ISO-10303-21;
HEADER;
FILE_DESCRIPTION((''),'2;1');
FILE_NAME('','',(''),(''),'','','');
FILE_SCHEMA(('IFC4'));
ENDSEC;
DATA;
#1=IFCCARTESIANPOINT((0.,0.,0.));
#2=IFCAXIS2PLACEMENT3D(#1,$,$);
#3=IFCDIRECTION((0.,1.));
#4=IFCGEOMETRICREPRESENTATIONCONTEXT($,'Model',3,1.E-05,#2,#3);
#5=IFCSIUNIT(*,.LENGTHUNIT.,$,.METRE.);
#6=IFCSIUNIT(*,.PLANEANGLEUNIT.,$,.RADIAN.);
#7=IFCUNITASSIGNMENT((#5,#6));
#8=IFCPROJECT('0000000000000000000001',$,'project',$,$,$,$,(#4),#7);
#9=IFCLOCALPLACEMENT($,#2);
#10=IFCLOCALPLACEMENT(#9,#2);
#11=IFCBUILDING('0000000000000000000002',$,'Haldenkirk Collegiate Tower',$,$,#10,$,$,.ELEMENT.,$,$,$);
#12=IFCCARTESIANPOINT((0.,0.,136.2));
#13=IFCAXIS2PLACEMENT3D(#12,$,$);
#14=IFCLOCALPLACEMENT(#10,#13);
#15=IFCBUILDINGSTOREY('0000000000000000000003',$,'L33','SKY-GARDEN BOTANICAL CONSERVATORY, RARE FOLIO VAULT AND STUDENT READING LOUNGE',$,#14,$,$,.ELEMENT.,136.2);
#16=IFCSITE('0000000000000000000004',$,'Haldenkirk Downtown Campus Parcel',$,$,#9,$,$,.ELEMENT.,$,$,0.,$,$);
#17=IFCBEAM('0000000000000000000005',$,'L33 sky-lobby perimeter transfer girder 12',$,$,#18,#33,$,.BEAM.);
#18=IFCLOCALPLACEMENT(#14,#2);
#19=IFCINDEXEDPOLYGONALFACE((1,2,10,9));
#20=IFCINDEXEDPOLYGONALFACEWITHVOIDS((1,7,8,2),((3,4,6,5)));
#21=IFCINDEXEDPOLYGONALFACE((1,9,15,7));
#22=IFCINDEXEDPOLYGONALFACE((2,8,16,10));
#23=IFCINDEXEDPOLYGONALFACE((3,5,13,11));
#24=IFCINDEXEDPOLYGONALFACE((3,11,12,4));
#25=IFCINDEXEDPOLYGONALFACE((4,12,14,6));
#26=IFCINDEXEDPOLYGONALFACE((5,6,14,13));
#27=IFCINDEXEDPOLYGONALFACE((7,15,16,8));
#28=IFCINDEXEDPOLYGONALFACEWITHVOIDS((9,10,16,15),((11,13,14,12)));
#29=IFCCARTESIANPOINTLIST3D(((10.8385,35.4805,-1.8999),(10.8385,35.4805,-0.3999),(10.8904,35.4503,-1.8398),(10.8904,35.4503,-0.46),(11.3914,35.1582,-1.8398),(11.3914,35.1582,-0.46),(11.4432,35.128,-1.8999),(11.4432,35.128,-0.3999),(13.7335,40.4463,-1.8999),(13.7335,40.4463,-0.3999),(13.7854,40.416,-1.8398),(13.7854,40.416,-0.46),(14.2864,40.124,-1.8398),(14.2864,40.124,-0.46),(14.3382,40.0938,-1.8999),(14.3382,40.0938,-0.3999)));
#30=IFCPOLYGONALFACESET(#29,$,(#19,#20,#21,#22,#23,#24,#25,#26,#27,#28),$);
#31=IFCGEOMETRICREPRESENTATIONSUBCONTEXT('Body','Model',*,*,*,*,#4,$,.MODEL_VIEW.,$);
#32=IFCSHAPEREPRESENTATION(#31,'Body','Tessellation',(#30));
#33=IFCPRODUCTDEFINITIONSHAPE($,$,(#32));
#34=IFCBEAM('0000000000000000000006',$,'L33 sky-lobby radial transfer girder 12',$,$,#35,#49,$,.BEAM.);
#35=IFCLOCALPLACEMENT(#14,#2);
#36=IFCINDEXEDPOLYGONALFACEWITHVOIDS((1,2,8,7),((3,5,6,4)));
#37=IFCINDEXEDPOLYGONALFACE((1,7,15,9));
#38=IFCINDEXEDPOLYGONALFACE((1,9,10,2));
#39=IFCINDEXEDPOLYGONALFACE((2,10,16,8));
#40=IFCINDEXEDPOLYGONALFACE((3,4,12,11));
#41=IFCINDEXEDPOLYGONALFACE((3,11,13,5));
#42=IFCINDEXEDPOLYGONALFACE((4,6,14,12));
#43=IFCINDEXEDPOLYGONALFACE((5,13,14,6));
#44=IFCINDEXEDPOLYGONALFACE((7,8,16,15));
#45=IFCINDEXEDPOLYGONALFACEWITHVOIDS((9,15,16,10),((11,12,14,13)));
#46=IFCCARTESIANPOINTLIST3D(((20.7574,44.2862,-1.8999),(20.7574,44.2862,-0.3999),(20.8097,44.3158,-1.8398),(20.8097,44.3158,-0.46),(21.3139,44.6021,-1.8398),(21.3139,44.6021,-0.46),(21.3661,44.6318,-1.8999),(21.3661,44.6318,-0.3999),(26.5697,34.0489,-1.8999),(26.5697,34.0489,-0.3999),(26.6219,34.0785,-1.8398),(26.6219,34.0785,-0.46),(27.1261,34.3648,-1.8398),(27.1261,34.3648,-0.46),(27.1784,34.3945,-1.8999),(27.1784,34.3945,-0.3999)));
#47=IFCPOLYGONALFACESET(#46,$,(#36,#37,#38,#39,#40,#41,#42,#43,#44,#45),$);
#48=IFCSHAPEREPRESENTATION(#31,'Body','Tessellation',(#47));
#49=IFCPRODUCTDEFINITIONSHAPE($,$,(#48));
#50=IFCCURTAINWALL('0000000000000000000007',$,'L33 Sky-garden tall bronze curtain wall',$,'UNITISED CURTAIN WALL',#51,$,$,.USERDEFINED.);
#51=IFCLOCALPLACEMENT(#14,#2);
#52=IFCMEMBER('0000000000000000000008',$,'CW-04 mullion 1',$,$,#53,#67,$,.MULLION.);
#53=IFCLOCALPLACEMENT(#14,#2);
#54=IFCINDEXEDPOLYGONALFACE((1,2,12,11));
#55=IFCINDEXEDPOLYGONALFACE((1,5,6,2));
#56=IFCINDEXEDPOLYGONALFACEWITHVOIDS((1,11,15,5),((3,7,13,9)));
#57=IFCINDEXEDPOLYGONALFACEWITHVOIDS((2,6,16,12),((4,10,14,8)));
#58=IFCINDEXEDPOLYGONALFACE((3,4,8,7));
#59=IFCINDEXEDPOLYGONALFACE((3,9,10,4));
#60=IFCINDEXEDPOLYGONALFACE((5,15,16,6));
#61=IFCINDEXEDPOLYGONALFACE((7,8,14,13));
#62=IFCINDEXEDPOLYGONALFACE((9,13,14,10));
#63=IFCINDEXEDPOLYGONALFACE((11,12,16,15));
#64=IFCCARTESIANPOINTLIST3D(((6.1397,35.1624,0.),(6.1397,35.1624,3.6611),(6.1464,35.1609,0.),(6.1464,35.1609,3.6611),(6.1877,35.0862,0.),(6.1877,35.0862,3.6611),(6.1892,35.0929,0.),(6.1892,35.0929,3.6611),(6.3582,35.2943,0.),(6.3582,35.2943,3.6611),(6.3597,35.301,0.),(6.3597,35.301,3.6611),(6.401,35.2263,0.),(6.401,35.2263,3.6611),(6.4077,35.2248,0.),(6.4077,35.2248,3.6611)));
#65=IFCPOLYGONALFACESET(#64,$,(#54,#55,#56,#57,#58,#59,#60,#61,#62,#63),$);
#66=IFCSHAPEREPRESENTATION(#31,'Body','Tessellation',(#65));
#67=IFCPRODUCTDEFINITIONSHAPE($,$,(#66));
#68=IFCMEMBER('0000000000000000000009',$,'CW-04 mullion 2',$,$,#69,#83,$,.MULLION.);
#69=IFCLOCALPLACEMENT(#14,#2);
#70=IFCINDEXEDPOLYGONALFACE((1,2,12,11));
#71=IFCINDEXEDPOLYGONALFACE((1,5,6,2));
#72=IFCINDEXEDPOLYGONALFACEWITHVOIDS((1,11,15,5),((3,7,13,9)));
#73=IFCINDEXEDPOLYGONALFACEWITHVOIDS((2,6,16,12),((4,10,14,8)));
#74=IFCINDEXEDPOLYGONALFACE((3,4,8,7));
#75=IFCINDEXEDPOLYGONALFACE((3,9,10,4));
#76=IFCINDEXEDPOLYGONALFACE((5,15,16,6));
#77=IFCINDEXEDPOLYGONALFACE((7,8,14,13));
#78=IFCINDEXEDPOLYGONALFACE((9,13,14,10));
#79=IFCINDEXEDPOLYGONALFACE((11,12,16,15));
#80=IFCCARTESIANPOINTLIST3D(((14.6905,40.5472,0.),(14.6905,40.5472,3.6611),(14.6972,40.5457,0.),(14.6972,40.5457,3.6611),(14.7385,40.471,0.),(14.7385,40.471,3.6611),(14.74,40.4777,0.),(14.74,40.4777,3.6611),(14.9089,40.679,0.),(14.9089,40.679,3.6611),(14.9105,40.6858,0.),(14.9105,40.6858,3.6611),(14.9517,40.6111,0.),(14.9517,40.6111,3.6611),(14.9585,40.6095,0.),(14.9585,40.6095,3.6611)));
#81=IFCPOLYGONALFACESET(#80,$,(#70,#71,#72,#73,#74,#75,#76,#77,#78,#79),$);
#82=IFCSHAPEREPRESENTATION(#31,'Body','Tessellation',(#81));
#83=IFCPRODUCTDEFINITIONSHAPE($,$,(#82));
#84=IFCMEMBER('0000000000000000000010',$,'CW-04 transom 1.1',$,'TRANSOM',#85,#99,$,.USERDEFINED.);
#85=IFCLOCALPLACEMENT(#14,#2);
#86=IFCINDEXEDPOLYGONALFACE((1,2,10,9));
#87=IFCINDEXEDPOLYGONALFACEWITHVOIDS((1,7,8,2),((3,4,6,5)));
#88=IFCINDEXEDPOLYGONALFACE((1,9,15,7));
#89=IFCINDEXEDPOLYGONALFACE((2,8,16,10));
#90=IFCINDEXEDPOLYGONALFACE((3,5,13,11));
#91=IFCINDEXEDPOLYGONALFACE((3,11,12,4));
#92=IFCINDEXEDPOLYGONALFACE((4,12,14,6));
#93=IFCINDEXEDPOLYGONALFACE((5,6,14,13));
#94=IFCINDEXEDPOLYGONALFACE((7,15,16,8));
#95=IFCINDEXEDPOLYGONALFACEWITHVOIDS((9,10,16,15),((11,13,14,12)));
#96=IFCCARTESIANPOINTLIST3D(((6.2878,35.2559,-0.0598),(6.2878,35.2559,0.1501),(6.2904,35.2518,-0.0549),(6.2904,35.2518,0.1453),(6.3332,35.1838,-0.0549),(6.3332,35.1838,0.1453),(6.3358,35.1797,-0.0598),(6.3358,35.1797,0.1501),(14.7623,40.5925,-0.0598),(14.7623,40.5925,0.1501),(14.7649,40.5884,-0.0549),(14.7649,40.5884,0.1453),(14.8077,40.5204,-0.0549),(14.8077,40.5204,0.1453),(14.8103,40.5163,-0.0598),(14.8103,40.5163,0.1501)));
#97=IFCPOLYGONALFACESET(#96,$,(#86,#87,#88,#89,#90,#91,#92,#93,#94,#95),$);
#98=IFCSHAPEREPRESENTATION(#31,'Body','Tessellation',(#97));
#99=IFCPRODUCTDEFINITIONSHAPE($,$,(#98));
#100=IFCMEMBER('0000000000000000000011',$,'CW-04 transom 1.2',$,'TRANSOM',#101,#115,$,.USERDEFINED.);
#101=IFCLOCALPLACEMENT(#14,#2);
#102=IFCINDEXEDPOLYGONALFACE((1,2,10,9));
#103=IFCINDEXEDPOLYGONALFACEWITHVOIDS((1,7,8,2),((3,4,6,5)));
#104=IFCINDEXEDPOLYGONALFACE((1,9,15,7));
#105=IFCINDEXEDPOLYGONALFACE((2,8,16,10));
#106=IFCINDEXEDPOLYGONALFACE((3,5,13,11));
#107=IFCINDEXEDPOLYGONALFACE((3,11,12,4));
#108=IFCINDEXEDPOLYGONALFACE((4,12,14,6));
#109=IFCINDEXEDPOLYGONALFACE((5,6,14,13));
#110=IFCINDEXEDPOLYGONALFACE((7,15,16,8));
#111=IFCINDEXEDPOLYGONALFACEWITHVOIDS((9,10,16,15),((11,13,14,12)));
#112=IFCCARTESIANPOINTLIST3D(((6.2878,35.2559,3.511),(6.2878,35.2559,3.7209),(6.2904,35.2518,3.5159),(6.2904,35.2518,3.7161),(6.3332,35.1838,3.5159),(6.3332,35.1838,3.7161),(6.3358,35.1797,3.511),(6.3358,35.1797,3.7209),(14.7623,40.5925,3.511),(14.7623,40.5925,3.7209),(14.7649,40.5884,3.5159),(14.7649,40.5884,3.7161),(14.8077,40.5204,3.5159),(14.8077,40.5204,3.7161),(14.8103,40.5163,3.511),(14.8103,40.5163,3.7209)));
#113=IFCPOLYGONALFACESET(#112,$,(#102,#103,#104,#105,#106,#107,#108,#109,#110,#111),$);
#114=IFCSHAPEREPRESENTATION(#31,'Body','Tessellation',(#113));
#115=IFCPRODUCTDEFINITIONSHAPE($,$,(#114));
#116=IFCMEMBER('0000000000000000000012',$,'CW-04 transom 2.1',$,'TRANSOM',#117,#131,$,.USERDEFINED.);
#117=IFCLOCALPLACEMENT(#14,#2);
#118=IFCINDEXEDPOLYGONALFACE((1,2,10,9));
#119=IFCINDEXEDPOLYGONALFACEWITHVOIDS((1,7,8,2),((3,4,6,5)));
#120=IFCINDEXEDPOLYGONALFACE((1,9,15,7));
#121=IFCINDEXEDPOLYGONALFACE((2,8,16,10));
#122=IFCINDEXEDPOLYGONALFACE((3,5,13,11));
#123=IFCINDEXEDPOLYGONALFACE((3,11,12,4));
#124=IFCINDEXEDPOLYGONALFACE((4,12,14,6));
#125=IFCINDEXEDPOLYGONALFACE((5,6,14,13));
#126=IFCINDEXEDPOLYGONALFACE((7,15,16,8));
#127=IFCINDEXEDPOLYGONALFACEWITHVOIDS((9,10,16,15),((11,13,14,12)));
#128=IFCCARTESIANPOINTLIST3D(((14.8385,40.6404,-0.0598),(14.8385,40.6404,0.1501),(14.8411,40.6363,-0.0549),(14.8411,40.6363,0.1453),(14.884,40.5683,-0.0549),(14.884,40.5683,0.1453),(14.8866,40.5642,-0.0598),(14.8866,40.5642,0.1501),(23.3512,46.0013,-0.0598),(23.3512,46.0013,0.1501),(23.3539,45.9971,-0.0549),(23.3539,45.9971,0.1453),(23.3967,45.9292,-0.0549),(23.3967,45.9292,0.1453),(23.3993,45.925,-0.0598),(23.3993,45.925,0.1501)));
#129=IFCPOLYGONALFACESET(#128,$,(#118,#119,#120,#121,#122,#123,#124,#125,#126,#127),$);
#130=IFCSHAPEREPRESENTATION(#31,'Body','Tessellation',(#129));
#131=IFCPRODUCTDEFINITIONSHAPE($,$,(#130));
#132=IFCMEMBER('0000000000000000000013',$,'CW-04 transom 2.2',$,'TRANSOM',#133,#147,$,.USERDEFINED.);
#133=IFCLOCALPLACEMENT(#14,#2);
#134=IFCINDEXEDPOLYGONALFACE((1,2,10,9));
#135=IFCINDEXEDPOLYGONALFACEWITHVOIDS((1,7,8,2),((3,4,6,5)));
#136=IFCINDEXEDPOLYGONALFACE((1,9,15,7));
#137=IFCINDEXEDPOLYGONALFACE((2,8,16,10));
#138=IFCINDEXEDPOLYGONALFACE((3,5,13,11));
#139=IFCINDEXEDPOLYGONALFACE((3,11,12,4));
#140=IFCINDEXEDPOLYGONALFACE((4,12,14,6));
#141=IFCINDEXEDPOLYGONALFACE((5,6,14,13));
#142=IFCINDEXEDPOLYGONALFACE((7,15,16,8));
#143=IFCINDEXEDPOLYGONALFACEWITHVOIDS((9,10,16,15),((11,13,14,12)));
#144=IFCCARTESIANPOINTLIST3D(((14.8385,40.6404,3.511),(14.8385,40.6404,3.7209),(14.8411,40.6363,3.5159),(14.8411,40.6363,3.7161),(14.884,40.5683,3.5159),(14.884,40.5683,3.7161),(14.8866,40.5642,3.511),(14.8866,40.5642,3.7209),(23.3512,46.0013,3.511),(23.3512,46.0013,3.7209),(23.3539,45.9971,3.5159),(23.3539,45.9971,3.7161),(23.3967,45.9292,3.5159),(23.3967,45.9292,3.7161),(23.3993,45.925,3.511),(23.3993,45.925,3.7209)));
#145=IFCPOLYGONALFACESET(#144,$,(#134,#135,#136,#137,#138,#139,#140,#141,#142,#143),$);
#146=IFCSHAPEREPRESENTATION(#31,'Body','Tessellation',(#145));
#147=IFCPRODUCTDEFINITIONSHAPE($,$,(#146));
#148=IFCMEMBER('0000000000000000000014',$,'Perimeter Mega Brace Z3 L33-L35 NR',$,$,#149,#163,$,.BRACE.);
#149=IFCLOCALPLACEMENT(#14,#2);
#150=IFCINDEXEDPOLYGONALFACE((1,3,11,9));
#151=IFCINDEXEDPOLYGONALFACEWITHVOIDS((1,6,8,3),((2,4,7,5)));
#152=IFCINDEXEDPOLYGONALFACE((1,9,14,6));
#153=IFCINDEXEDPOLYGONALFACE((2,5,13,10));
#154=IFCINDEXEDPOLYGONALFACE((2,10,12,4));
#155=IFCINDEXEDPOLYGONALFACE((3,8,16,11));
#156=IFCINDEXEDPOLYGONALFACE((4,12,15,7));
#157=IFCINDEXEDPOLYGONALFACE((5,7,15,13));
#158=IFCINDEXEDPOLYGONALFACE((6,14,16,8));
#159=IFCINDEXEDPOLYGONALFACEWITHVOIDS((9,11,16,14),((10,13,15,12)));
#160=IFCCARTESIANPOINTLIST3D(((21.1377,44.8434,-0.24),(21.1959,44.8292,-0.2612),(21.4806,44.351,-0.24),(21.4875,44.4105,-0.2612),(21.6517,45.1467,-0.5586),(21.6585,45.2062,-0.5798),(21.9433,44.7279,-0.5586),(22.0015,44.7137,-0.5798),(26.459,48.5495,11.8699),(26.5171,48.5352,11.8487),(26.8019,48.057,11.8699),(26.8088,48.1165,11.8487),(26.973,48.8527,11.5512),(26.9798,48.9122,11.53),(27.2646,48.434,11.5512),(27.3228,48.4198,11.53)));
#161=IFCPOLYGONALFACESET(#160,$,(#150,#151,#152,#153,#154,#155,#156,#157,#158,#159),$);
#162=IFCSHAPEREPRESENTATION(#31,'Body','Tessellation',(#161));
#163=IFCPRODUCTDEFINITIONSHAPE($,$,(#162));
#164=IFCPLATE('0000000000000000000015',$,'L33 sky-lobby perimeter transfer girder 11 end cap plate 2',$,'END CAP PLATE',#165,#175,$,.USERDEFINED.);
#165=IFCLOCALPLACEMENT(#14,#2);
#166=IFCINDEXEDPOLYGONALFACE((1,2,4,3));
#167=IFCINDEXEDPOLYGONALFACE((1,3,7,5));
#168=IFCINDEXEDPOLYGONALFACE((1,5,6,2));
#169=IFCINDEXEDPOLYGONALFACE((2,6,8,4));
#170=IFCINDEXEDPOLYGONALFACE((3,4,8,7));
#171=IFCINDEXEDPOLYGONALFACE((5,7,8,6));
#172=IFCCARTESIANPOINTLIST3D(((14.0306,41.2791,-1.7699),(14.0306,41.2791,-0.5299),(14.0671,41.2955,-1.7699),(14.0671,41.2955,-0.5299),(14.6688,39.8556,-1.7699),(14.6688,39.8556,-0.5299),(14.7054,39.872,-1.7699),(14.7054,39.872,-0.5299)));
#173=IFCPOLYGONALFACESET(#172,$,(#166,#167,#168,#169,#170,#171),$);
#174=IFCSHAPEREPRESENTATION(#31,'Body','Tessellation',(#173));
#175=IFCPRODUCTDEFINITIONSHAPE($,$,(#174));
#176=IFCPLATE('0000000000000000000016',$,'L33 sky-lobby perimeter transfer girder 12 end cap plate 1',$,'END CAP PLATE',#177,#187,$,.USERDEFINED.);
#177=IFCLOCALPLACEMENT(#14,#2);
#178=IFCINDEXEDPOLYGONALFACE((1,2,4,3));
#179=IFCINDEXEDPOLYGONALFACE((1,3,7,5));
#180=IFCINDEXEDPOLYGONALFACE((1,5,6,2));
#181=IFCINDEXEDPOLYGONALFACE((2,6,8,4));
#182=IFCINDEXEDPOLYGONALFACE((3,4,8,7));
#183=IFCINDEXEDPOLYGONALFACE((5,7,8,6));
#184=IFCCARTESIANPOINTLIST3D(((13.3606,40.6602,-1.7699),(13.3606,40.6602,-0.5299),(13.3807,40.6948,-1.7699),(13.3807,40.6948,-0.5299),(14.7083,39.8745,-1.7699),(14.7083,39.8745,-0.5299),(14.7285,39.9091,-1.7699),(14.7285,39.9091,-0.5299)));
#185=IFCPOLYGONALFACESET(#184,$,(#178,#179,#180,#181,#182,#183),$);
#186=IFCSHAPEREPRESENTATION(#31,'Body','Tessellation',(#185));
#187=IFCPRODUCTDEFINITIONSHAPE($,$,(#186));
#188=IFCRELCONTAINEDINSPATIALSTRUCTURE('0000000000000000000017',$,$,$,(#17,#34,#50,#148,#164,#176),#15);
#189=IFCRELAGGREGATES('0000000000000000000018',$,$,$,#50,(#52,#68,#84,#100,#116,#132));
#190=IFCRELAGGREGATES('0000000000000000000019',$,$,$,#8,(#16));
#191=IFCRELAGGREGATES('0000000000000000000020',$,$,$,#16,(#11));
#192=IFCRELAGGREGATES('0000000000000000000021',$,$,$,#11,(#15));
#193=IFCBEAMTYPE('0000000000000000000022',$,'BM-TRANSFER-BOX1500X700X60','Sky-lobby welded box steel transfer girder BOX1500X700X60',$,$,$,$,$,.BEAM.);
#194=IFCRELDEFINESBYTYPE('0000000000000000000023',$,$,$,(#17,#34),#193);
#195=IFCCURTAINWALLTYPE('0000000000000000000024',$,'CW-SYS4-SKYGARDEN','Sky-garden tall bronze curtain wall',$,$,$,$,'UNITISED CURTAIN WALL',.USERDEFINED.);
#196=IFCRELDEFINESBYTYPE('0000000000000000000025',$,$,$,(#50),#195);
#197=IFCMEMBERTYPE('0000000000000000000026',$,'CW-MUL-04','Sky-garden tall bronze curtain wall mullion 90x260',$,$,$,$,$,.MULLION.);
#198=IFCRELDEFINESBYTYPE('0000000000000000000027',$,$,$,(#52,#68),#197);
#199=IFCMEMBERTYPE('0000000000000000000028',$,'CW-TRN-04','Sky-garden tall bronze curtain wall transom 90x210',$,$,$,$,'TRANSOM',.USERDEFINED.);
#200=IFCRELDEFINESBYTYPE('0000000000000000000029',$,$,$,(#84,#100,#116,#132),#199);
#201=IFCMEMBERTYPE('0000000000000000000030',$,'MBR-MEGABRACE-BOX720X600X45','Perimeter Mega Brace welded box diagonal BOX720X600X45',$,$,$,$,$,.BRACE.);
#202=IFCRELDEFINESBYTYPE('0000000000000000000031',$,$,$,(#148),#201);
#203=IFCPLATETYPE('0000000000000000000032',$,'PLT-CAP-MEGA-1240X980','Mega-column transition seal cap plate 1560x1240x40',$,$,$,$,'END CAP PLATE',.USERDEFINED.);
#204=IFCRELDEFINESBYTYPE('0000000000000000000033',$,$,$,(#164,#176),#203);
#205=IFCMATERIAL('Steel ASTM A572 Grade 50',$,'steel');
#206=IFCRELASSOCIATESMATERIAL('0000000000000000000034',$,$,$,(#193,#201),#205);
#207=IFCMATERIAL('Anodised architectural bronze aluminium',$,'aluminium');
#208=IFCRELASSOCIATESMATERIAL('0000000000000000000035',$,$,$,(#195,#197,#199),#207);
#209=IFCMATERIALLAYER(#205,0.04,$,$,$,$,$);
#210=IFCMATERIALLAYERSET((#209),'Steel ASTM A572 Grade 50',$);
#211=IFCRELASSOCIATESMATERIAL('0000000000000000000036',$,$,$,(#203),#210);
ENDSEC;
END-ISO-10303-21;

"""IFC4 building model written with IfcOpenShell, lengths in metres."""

from ifc_helpers import new_model, si_unit, direction, frame, origin, origin_2d, place, context, subcontext, project, spatial, rectangle, hollow_rectangle, extrude, source, transform, mapped, material, layer, layer_set, material_profile, profile_set, type_object, element, aggregate, save


model = new_model("IFC4")

# Units and contexts
model_context = context("Model", 3, precision=1e-05, world=origin(), true_north=direction((0.0, 1.0)))
body_context = subcontext(model_context, "Body", "Model", "MODEL_VIEW")
ifc_project = project(units=[si_unit("LENGTHUNIT", "METRE"), si_unit("PLANEANGLEUNIT", "RADIAN")], contexts=[model_context])

# Site, building, storey
site_placement = place(None, origin())
site = spatial("IfcSite", under=ifc_project, at=site_placement, Name="Haldenkirk Downtown Campus Parcel", CompositionType="ELEMENT", RefElevation=0.0)
building_placement = place(site_placement, origin())
building = spatial("IfcBuilding", under=site, at=building_placement, Name="Haldenkirk Collegiate Tower", CompositionType="ELEMENT")
storey_placement = place(building_placement, frame((0.0, 0.0, 136.2)))
storey = spatial("IfcBuildingStorey", under=building, at=storey_placement, Name="L33", Description="SKY-GARDEN BOTANICAL CONSERVATORY, RARE FOLIO VAULT AND STUDENT READING LOUNGE", CompositionType="ELEMENT", Elevation=136.2)

# Beams
ifc_material_1 = material(Name="Steel ASTM A572 Grade 50", Category="steel")
ifc_material_profile_1 = material_profile(ifc_material_1, hollow_rectangle(XDim=0.7, YDim=1.5, WallThickness=0.0601, at=origin_2d()), Name="BOX1500X700X60")
ifc_profile_set_1 = profile_set([ifc_material_profile_1], Name="Steel ASTM A572 Grade 50")
beam_type = type_object("IfcBeamType", Name="BM-TRANSFER-BOX1500X700X60", Description="Sky-lobby welded box steel transfer girder BOX1500X700X60", PredefinedType="BEAM", material=ifc_profile_set_1)
beam_1_placement = place(storey_placement, frame((14.0359, 40.27, -1.1499), z_axis=(-0.503649, -0.863908, 0.0), x_axis=(0.863908, -0.503649, 0.0)))
element("IfcBeam", 1, at=beam_1_placement, inside=storey, type_object=beam_type, Name="L33 sky-lobby perimeter transfer girder 12", PredefinedType="BEAM", context=body_context, shape_type="SweptSolid", body=[
    extrude(hollow_rectangle(XDim=0.7, YDim=1.5, WallThickness=0.0601, at=origin_2d()), origin(), (0.0, 0.0, 1.0), 5.748),
])
beam_2_placement = place(storey_placement, frame((21.0618, 44.459, -1.1499), z_axis=(0.493727, -0.869617, 0.0), x_axis=(0.869617, 0.493727, 0.0)))
element("IfcBeam", 2, at=beam_2_placement, inside=storey, type_object=beam_type, Name="L33 sky-lobby radial transfer girder 12", PredefinedType="BEAM", context=body_context, shape_type="SweptSolid", body=[
    extrude(hollow_rectangle(XDim=0.7, YDim=1.5, WallThickness=0.0601, at=origin_2d()), origin(), (0.0, 0.0, 1.0), 11.7722),
])

# Curtain wall, members
ifc_material_2 = material(Name="Anodised architectural bronze aluminium", Category="aluminium")
curtain_wall_type = type_object("IfcCurtainWallType", Name="CW-SYS4-SKYGARDEN", Description="Sky-garden tall bronze curtain wall", ElementType="UNITISED CURTAIN WALL", PredefinedType="USERDEFINED", material=ifc_material_2)
curtain_wall_placement = place(storey_placement, origin())
curtain_wall = element("IfcCurtainWall", 3, at=curtain_wall_placement, inside=storey, type_object=curtain_wall_type, Name="L33 Sky-garden tall bronze curtain wall", ObjectType="UNITISED CURTAIN WALL", PredefinedType="USERDEFINED")
ifc_material_profile_2 = material_profile(ifc_material_2, hollow_rectangle(XDim=0.0901, YDim=0.26, WallThickness=0.0049, at=origin_2d()), Name="CW-MUL-04")
ifc_profile_set_2 = profile_set([ifc_material_profile_2], Name="Anodised architectural bronze aluminium")
member_type_1 = type_object("IfcMemberType", Name="CW-MUL-04", Description="Sky-garden tall bronze curtain wall mullion 90x260", PredefinedType="MULLION", material=ifc_profile_set_2)
member_1_placement = place(storey_placement, frame((6.2737, 35.1936, 0.0), z_axis=(0.0, 0.0, 1.0), x_axis=(-0.532877, 0.846193, 0.0)))
member_1 = element("IfcMember", 4, at=member_1_placement, type_object=member_type_1, Name="CW-04 mullion 1", PredefinedType="MULLION", context=body_context, shape_type="SweptSolid", body=[
    extrude(hollow_rectangle(XDim=0.0901, YDim=0.26, WallThickness=0.0049, at=origin_2d()), origin(), (0.0, 0.0, 1.0), 3.6611),
])
member_2_placement = place(storey_placement, frame((14.8245, 40.5784, 0.0), z_axis=(0.0, 0.0, 1.0), x_axis=(-0.532877, 0.846193, 0.0)))
member_2 = element("IfcMember", 5, at=member_2_placement, type_object=member_type_1, Name="CW-04 mullion 2", PredefinedType="MULLION", context=body_context, shape_type="SweptSolid", body=[
    extrude(hollow_rectangle(XDim=0.0901, YDim=0.26, WallThickness=0.0049, at=origin_2d()), origin(), (0.0, 0.0, 1.0), 3.6611),
])
ifc_material_profile_3 = material_profile(ifc_material_2, hollow_rectangle(XDim=0.0901, YDim=0.21, WallThickness=0.0049, at=origin_2d()), Name="CW-TRN-04")
ifc_profile_set_3 = profile_set([ifc_material_profile_3], Name="Anodised architectural bronze aluminium")
member_type_2 = type_object("IfcMemberType", Name="CW-TRN-04", Description="Sky-garden tall bronze curtain wall transom 90x210", ElementType="TRANSOM", PredefinedType="USERDEFINED", material=ifc_profile_set_3)
member_3_placement = place(storey_placement, frame((6.3118, 35.2178, 0.0452), z_axis=(0.846197, 0.532871, 0.0), x_axis=(-0.532871, 0.846197, 0.0)))
member_3 = element("IfcMember", 6, at=member_3_placement, type_object=member_type_2, Name="CW-04 transom 1.1", ObjectType="TRANSOM", PredefinedType="USERDEFINED", context=body_context, shape_type="SweptSolid", body=[
    extrude(hollow_rectangle(XDim=0.0901, YDim=0.21, WallThickness=0.0049, at=origin_2d()), origin(), (0.0, 0.0, 1.0), 10.0149),
])
member_4_placement = place(storey_placement, frame((6.3118, 35.2178, 3.616), z_axis=(0.846197, 0.532871, 0.0), x_axis=(-0.532871, 0.846197, 0.0)))
member_4 = element("IfcMember", 7, at=member_4_placement, type_object=member_type_2, Name="CW-04 transom 1.2", ObjectType="TRANSOM", PredefinedType="USERDEFINED", context=body_context, shape_type="SweptSolid", body=[
    extrude(hollow_rectangle(XDim=0.0901, YDim=0.21, WallThickness=0.0049, at=origin_2d()), origin(), (0.0, 0.0, 1.0), 10.0149),
])
member_5_placement = place(storey_placement, frame((14.8625, 40.6023, 0.0452), z_axis=(0.846188, 0.532884, 0.0), x_axis=(-0.532884, 0.846188, 0.0)))
member_5 = element("IfcMember", 8, at=member_5_placement, type_object=member_type_2, Name="CW-04 transom 2.1", ObjectType="TRANSOM", PredefinedType="USERDEFINED", context=body_context, shape_type="SweptSolid", body=[
    extrude(hollow_rectangle(XDim=0.0901, YDim=0.21, WallThickness=0.0049, at=origin_2d()), origin(), (0.0, 0.0, 1.0), 10.0601),
])
member_6_placement = place(storey_placement, frame((14.8625, 40.6023, 3.616), z_axis=(0.846188, 0.532884, 0.0), x_axis=(-0.532884, 0.846188, 0.0)))
member_6 = element("IfcMember", 9, at=member_6_placement, type_object=member_type_2, Name="CW-04 transom 2.2", ObjectType="TRANSOM", PredefinedType="USERDEFINED", context=body_context, shape_type="SweptSolid", body=[
    extrude(hollow_rectangle(XDim=0.0901, YDim=0.21, WallThickness=0.0049, at=origin_2d()), origin(), (0.0, 0.0, 1.0), 10.0601),
])

# Member
ifc_material_profile_4 = material_profile(ifc_material_1, hollow_rectangle(XDim=0.6001, YDim=0.72, WallThickness=0.0449, at=origin_2d()), Name="BOX720X600X45")
ifc_profile_set_4 = profile_set([ifc_material_profile_4], Name="Steel ASTM A572 Grade 50")
member_type_3 = type_object("IfcMemberType", Name="MBR-MEGABRACE-BOX720X600X45", Description="Perimeter Mega Brace welded box diagonal BOX720X600X45", PredefinedType="BRACE", material=ifc_profile_set_4)
member_7_placement = place(storey_placement, frame((21.5696, 44.7786, -0.4099), z_axis=(0.387375, 0.26979, 0.881563), x_axis=(-0.57151, 0.820595, 0.0)))
element("IfcMember", 10, at=member_7_placement, inside=storey, type_object=member_type_3, Name="Perimeter Mega Brace Z3 L33-L35 NR", PredefinedType="BRACE", context=body_context, shape_type="SweptSolid", body=[
    extrude(hollow_rectangle(XDim=0.6001, YDim=0.72, WallThickness=0.0449, at=origin_2d()), origin(), (0.0, 0.0, 1.0), 13.7368),
])

# Plates
ifc_layer_1 = layer(ifc_material_1, 0.04)
ifc_layer_set_1 = layer_set([ifc_layer_1], Name="Steel ASTM A572 Grade 50")
plate_type_1 = type_object("IfcPlateType", Name="PLT-CAP-MEGA-1240X980", Description="Mega-column transition seal cap plate 1560x1240x40", ElementType="END CAP PLATE", PredefinedType="USERDEFINED", material=ifc_layer_set_1)
shared_shape_1 = source(origin(), body_context, "Body", "SweptSolid", [
    extrude(rectangle(XDim=1.5601, YDim=1.24, at=origin_2d()), origin(), (0.0, 0.0, 1.0), 0.04),
])
for number, where, z_axis, x_axis, name in (
    (11, (14.3862, 40.5837, -1.1499), (-0.912476, -0.409131, 0.0), (0.409131, -0.912476, 0.0), "L33 sky-lobby perimeter transfer girder 11 end cap plate 2"),
    (12, (14.0344, 40.2673, -1.1499), (0.503656, 0.863904, 0.0), (-0.863904, 0.503656, 0.0), "L33 sky-lobby perimeter transfer girder 12 end cap plate 1"),
):
    element("IfcPlate", number, at=place(storey_placement, frame(where, z_axis=z_axis, x_axis=x_axis)), inside=storey, type_object=plate_type_1, Name=name, ObjectType="END CAP PLATE", PredefinedType="USERDEFINED", context=body_context, shape_type="MappedRepresentation", body=[
        mapped(shared_shape_1, transform((0.0, 0.0, 0.0), x_axis=(1.0, 0.0, 0.0), y_axis=(0.0, 1.0, 0.0), z_axis=(0.0, 0.0, 1.0), scale=1.0)),
    ])

aggregate(curtain_wall, [member_1, member_2, member_3, member_4, member_5, member_6])

save(model, "model.ifc")
